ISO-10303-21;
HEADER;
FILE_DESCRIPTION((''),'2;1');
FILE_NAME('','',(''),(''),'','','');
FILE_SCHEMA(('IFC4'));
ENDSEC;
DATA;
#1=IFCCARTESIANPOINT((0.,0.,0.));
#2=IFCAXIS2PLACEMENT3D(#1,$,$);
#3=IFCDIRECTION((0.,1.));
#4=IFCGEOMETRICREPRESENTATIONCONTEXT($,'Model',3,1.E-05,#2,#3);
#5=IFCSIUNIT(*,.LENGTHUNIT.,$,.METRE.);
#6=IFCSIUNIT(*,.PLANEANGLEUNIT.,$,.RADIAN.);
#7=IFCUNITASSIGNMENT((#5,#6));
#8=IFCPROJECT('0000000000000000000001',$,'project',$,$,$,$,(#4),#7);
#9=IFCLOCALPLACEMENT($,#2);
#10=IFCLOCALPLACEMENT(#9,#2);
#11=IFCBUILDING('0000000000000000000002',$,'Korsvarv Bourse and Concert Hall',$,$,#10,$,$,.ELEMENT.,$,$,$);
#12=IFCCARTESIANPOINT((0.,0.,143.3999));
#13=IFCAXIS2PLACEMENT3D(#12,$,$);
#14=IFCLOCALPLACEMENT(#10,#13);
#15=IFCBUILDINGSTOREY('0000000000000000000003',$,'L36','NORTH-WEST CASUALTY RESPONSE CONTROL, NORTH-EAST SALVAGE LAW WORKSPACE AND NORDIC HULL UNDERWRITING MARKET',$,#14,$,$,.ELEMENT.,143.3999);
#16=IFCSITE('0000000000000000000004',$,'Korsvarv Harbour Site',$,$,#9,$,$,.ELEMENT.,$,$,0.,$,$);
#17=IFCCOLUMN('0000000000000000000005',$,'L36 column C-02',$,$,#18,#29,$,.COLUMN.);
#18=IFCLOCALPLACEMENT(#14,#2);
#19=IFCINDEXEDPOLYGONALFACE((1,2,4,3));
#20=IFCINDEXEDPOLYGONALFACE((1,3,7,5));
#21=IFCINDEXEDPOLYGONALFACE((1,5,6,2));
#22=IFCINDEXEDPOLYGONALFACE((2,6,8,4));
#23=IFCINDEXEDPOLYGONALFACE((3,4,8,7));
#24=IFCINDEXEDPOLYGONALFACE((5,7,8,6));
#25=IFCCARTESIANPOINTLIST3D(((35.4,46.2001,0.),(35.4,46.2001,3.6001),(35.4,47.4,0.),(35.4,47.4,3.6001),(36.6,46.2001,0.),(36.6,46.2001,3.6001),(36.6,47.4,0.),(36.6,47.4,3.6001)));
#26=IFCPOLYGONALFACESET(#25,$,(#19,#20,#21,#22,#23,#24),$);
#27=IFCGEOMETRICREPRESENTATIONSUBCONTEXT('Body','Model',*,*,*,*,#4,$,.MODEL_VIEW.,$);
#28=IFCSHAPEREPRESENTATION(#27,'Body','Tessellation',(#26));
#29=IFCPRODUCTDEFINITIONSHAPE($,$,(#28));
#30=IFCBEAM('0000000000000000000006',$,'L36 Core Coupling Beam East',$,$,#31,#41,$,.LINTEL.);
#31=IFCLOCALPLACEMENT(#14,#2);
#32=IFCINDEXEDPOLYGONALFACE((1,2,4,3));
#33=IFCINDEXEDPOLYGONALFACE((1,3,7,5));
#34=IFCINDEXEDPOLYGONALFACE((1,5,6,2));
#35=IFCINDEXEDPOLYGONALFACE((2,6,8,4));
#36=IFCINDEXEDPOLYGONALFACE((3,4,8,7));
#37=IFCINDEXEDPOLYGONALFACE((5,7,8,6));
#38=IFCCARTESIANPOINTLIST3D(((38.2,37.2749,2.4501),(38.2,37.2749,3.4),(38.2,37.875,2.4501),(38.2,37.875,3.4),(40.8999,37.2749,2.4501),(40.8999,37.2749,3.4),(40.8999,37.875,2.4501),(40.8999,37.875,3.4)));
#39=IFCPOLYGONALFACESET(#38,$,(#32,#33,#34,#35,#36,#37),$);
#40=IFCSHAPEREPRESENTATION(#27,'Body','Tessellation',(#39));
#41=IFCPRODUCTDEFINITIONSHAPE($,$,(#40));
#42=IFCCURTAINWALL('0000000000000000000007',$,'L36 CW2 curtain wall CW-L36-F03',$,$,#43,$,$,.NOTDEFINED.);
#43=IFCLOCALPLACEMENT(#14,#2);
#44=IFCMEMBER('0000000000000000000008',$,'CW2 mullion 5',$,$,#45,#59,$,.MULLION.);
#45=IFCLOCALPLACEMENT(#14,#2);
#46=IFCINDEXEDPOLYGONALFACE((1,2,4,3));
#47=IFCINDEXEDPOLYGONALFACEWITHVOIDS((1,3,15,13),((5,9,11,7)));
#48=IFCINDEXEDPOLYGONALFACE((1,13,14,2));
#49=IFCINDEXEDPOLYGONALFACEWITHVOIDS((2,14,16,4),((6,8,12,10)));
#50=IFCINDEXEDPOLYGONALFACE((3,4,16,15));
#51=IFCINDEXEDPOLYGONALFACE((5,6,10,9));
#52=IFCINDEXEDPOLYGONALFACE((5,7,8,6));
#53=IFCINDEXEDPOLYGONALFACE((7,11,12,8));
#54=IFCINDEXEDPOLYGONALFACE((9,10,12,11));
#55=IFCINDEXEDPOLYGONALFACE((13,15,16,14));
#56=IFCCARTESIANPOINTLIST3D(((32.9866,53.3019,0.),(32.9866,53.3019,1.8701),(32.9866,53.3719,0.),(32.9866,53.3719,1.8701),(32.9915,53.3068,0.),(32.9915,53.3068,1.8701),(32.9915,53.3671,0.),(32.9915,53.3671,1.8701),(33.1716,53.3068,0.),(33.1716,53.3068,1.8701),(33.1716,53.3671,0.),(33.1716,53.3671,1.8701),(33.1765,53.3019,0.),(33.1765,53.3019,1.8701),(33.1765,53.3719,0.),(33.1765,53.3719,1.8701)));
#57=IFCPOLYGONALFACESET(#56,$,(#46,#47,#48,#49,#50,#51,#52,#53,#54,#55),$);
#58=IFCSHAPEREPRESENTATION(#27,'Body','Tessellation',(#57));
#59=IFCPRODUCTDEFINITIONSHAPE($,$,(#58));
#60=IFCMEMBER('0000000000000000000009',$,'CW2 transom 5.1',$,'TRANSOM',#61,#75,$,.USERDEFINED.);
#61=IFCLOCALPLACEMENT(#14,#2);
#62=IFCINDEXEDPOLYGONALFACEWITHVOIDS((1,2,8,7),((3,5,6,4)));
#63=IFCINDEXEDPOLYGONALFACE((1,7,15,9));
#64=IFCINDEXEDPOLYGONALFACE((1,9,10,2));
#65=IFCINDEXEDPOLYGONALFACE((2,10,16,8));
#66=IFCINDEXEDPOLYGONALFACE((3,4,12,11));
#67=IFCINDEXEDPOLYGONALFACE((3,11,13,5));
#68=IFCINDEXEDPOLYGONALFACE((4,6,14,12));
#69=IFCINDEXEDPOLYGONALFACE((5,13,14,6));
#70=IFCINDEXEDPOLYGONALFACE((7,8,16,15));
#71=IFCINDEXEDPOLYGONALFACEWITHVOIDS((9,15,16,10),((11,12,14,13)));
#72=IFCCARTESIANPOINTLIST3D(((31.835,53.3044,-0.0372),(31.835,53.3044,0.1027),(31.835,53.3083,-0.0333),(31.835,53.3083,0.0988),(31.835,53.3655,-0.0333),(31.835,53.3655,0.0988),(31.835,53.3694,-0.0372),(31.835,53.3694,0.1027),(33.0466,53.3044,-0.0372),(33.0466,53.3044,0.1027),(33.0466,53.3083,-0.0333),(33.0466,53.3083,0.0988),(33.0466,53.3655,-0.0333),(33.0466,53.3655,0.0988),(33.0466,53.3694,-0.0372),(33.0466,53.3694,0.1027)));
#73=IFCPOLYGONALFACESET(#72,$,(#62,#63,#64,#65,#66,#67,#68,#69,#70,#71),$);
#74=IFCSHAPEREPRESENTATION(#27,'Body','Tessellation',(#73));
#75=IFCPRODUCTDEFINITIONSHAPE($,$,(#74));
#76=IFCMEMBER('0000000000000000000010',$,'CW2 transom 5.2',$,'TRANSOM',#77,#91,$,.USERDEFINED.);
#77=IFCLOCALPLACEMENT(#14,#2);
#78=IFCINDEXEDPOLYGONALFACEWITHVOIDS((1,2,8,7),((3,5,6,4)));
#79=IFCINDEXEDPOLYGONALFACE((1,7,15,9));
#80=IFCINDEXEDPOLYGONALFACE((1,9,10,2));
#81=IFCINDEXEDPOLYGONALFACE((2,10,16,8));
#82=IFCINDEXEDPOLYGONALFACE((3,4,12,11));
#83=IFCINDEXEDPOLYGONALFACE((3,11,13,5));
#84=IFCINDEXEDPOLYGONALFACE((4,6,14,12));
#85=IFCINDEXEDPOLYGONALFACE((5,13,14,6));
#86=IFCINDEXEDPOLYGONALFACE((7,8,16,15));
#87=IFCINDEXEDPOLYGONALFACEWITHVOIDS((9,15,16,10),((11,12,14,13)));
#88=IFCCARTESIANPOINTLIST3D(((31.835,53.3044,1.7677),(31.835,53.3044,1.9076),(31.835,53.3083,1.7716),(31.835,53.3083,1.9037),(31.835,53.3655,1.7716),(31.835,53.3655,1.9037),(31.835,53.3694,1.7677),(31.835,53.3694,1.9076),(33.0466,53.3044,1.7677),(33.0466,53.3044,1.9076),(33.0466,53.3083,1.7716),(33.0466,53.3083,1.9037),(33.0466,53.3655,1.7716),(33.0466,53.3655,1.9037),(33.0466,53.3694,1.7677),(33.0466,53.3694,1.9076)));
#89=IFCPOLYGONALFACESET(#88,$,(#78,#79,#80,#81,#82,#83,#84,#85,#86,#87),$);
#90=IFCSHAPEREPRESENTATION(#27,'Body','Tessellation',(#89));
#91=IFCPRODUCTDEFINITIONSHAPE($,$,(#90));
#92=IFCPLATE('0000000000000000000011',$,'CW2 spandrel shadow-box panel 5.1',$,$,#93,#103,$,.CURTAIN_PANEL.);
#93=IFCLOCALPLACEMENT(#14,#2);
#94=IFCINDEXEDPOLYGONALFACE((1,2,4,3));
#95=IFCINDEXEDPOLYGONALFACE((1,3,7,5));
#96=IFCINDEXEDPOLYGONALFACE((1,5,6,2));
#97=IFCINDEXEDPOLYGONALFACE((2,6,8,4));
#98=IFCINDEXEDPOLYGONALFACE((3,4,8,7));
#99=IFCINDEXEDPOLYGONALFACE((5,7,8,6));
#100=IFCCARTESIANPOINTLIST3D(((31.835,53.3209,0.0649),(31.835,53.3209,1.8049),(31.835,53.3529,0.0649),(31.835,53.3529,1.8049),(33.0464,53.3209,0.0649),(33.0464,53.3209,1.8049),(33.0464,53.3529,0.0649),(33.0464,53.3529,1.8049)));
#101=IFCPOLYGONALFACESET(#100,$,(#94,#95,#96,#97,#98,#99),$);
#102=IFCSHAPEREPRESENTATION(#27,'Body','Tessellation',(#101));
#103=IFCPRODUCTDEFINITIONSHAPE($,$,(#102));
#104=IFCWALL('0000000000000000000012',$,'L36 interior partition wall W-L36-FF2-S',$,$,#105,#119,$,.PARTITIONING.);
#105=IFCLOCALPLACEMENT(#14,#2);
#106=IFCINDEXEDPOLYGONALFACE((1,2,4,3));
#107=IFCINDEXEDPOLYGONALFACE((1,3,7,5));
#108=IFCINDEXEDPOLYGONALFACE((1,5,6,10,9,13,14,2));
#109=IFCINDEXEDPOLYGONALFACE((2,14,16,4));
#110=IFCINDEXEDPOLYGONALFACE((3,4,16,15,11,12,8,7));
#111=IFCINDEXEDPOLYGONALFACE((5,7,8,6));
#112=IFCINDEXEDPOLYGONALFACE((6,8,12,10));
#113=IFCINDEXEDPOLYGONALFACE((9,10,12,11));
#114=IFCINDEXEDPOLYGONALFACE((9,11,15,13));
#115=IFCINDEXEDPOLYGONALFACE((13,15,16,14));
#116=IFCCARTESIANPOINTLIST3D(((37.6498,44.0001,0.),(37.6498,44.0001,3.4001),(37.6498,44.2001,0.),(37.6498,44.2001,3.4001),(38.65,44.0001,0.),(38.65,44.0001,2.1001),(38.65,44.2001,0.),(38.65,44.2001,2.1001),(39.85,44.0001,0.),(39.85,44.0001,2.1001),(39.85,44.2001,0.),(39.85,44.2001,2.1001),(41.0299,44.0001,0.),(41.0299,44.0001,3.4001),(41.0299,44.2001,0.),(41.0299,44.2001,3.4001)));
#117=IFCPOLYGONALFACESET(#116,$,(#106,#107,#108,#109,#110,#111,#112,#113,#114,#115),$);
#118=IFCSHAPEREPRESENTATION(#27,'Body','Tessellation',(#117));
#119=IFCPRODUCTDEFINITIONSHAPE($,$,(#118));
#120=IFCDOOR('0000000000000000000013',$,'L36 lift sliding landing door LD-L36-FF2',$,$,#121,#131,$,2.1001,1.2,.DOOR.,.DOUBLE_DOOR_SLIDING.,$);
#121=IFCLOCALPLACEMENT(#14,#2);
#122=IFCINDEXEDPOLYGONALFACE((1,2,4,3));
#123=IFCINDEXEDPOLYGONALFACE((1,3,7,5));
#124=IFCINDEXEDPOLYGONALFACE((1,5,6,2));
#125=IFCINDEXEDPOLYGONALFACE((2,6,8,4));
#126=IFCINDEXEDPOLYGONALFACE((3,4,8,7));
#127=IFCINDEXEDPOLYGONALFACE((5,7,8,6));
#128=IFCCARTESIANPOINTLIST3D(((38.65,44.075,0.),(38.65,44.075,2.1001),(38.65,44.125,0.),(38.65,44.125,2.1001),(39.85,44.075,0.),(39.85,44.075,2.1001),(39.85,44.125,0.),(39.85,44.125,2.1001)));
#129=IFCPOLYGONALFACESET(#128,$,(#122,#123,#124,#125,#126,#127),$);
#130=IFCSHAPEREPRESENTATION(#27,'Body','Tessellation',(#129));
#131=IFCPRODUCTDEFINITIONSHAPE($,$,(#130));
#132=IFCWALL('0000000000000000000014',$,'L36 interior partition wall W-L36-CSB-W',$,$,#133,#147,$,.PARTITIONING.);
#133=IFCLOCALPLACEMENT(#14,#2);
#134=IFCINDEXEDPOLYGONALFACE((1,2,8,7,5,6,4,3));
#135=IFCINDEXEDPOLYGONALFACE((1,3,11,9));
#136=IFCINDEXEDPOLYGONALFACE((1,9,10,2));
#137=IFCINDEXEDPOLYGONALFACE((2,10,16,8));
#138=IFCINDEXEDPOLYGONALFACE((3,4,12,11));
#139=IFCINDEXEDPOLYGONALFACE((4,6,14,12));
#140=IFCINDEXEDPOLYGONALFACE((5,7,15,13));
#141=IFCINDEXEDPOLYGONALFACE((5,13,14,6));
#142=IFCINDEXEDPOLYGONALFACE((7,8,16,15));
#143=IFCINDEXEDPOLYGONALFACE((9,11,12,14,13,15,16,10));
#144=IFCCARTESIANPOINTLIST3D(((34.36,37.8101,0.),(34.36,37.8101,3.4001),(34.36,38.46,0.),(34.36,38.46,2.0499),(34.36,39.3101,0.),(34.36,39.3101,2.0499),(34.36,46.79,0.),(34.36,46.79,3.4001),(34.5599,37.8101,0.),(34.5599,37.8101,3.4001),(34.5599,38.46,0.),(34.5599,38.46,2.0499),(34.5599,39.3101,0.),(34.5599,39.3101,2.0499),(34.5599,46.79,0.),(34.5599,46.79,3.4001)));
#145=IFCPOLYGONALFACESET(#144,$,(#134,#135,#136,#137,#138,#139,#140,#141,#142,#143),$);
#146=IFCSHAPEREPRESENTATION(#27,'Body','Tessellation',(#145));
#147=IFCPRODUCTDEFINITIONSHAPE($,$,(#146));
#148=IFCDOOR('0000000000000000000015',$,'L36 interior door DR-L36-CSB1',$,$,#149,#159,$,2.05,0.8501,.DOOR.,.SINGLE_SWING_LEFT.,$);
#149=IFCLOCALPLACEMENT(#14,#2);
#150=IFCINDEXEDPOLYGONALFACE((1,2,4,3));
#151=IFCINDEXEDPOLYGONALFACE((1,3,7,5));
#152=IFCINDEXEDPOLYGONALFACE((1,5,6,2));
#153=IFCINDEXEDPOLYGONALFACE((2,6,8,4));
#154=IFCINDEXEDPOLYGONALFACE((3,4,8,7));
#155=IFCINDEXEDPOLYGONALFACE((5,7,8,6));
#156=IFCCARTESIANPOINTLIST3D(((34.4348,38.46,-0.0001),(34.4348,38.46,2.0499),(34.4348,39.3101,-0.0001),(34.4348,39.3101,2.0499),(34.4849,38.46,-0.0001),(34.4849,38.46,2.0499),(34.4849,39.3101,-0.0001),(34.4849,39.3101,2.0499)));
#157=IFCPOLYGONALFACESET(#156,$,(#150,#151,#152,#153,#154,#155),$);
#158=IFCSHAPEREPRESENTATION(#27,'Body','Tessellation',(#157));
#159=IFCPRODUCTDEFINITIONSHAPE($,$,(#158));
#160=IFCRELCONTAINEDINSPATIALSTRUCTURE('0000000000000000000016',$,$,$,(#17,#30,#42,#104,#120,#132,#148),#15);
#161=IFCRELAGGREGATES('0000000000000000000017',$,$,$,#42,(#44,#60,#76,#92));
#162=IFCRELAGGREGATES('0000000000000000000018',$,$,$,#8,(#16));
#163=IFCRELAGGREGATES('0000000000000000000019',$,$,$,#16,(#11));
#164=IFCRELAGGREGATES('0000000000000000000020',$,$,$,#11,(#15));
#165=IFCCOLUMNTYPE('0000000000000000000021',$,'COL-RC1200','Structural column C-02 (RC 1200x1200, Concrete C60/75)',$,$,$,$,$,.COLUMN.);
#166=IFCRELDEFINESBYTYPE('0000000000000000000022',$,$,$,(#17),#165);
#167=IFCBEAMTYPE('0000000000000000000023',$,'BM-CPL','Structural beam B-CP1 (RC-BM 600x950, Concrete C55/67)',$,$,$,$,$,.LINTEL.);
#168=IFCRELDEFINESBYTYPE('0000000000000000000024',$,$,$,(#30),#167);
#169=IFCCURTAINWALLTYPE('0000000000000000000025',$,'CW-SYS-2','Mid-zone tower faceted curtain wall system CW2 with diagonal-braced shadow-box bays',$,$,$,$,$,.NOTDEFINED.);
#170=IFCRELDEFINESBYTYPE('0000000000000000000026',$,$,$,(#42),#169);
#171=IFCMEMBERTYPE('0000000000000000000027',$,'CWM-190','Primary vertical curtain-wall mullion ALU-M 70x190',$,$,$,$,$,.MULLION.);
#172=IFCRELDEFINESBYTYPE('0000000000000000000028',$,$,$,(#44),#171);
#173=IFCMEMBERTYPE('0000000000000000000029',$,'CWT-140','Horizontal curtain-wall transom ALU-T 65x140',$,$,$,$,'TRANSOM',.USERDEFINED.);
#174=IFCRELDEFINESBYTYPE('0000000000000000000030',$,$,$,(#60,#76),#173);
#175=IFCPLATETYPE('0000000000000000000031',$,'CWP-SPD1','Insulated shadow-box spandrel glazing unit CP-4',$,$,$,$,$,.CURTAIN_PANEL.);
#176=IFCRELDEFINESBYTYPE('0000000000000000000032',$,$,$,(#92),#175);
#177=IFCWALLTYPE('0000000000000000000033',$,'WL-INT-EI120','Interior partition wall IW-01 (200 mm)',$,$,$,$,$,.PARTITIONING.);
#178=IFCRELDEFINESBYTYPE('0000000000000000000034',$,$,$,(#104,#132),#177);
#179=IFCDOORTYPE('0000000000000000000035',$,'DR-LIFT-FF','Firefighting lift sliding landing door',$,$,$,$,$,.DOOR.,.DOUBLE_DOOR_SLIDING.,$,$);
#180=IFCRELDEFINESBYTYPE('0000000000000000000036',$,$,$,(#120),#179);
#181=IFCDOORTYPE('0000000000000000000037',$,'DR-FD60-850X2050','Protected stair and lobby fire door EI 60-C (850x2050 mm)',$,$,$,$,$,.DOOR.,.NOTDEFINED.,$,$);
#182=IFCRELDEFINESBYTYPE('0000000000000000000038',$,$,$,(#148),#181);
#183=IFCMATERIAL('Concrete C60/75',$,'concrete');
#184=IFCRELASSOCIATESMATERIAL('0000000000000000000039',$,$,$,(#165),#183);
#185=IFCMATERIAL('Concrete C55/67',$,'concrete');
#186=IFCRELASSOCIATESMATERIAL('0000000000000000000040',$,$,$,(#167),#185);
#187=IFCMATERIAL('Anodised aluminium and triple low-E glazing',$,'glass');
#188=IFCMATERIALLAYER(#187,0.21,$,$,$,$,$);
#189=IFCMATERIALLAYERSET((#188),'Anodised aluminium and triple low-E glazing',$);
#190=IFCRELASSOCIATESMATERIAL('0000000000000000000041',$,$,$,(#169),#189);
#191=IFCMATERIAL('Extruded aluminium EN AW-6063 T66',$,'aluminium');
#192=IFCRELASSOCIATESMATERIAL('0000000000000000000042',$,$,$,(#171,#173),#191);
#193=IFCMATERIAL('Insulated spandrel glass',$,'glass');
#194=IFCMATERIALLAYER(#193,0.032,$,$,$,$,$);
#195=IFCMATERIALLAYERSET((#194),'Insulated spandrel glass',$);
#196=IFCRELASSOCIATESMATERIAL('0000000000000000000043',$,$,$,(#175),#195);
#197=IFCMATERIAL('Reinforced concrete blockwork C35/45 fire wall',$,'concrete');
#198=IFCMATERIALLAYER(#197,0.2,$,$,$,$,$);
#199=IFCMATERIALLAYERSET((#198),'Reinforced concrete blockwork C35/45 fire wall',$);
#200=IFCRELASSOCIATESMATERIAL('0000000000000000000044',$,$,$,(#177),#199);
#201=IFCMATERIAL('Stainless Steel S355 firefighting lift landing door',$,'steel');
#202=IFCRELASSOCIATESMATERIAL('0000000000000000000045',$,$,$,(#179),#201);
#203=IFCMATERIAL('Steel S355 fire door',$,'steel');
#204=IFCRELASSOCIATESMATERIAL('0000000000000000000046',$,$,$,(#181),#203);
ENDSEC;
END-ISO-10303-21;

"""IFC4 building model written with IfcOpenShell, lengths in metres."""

from ifc_helpers import new_model, si_unit, direction, frame, frame_2d, origin, origin_2d, place, context, subcontext, project, spatial, rectangle, hollow_rectangle, extrude, source, transform, mapped, material, layer, layer_set, material_profile, profile_set, type_object, element, fill, aggregate, save


model = new_model("IFC4")

# Units and contexts
model_context = context("Model", 3, precision=1e-05, world=origin(), true_north=direction((0.0, 1.0)))
body_context = subcontext(model_context, "Body", "Model", "MODEL_VIEW")
ifc_project = project(units=[si_unit("LENGTHUNIT", "METRE"), si_unit("PLANEANGLEUNIT", "RADIAN")], contexts=[model_context])

# Site, building, storey
site_placement = place(None, origin())
site = spatial("IfcSite", under=ifc_project, at=site_placement, Name="Korsvarv Harbour Site", CompositionType="ELEMENT", RefElevation=0.0)
building_placement = place(site_placement, origin())
building = spatial("IfcBuilding", under=site, at=building_placement, Name="Korsvarv Bourse and Concert Hall", CompositionType="ELEMENT")
storey_placement = place(building_placement, frame((0.0, 0.0, 143.3999)))
storey = spatial("IfcBuildingStorey", under=building, at=storey_placement, Name="L36", Description="NORTH-WEST CASUALTY RESPONSE CONTROL, NORTH-EAST SALVAGE LAW WORKSPACE AND NORDIC HULL UNDERWRITING MARKET", CompositionType="ELEMENT", Elevation=143.3999)

# Column
ifc_material_1 = material(Name="Concrete C60/75", Category="concrete")
ifc_material_profile_1 = material_profile(ifc_material_1, rectangle(XDim=1.2, YDim=1.2, at=origin_2d()), Name="RC 1200x1200")
ifc_profile_set_1 = profile_set([ifc_material_profile_1], Name="Concrete C60/75")
column_type = type_object("IfcColumnType", Name="COL-RC1200", Description="Structural column C-02 (RC 1200x1200, Concrete C60/75)", PredefinedType="COLUMN", material=ifc_profile_set_1)
shared_shape_1 = source(origin(), body_context, "Body", "SweptSolid", [
    extrude(rectangle(XDim=1.2, YDim=1.2, at=origin_2d()), origin(), (0.0, 0.0, 1.0), 3.6001),
])
column_placement = place(storey_placement, frame((36.0, 46.8, 0.0), z_axis=(0.0, 0.0, 1.0), x_axis=(1.0, 0.0, 0.0)))
element("IfcColumn", 1, at=column_placement, inside=storey, type_object=column_type, Name="L36 column C-02", PredefinedType="COLUMN", context=body_context, shape_type="MappedRepresentation", body=[
    mapped(shared_shape_1, transform((0.0, 0.0, 0.0), scale=1.0)),
])

# Beam
ifc_material_2 = material(Name="Concrete C55/67", Category="concrete")
ifc_material_profile_2 = material_profile(ifc_material_2, rectangle(XDim=0.6001, YDim=0.95, at=origin_2d()), Name="RC-BM 600x950")
ifc_profile_set_2 = profile_set([ifc_material_profile_2], Name="Concrete C55/67")
beam_type = type_object("IfcBeamType", Name="BM-CPL", Description="Structural beam B-CP1 (RC-BM 600x950, Concrete C55/67)", PredefinedType="LINTEL", material=ifc_profile_set_2)
shared_shape_2 = source(origin(), body_context, "Body", "SweptSolid", [
    extrude(rectangle(XDim=0.6001, YDim=0.95, at=origin_2d()), origin(), (0.0, 0.0, 1.0), 2.7),
])
beam_placement = place(storey_placement, frame((38.2, 37.575, 2.925), z_axis=(1.0, 0.0, 0.0), x_axis=(0.0, 1.0, 0.0)))
element("IfcBeam", 2, at=beam_placement, inside=storey, type_object=beam_type, Name="L36 Core Coupling Beam East", PredefinedType="LINTEL", context=body_context, shape_type="MappedRepresentation", body=[
    mapped(shared_shape_2, transform((0.0, 0.0, 0.0), scale=1.0)),
])

# Curtain wall, members, plate
ifc_material_3 = material(Name="Anodised aluminium and triple low-E glazing", Category="glass")
ifc_layer_1 = layer(ifc_material_3, 0.21)
ifc_layer_set_1 = layer_set([ifc_layer_1], Name="Anodised aluminium and triple low-E glazing")
curtain_wall_type = type_object("IfcCurtainWallType", Name="CW-SYS-2", Description="Mid-zone tower faceted curtain wall system CW2 with diagonal-braced shadow-box bays", PredefinedType="NOTDEFINED", material=ifc_layer_set_1)
curtain_wall_placement = place(storey_placement, origin())
curtain_wall = element("IfcCurtainWall", 3, at=curtain_wall_placement, inside=storey, type_object=curtain_wall_type, Name="L36 CW2 curtain wall CW-L36-F03", PredefinedType="NOTDEFINED")
ifc_material_4 = material(Name="Extruded aluminium EN AW-6063 T66", Category="aluminium")
ifc_material_profile_3 = material_profile(ifc_material_4, hollow_rectangle(XDim=0.0701, YDim=0.1899, WallThickness=0.0049, at=origin_2d()), Name="ALU-M 70x190")
ifc_profile_set_3 = profile_set([ifc_material_profile_3], Name="Extruded aluminium EN AW-6063 T66")
member_type_1 = type_object("IfcMemberType", Name="CWM-190", Description="Primary vertical curtain-wall mullion ALU-M 70x190", PredefinedType="MULLION", material=ifc_profile_set_3)
shared_shape_3 = source(origin(), body_context, "Body", "SweptSolid", [
    extrude(hollow_rectangle(XDim=0.0701, YDim=0.1899, WallThickness=0.0049, at=origin_2d()), origin(), (0.0, 0.0, 1.0), 1.8701),
])
member_1_placement = place(storey_placement, frame((33.0815, 53.3369, 0.0), z_axis=(0.0, 0.0, 1.0), x_axis=(0.0, -1.0, 0.0)))
member_1 = element("IfcMember", 4, at=member_1_placement, type_object=member_type_1, Name="CW2 mullion 5", PredefinedType="MULLION", context=body_context, shape_type="MappedRepresentation", body=[
    mapped(shared_shape_3, transform((0.0, 0.0, 0.0), scale=1.0)),
])
ifc_material_profile_4 = material_profile(ifc_material_4, hollow_rectangle(XDim=0.0649, YDim=0.1399, WallThickness=0.0039, at=origin_2d()), Name="ALU-T 65x140")
ifc_profile_set_4 = profile_set([ifc_material_profile_4], Name="Extruded aluminium EN AW-6063 T66")
member_type_2 = type_object("IfcMemberType", Name="CWT-140", Description="Horizontal curtain-wall transom ALU-T 65x140", ElementType="TRANSOM", PredefinedType="USERDEFINED", material=ifc_profile_set_4)
shared_shape_4 = source(origin(), body_context, "Body", "SweptSolid", [
    extrude(hollow_rectangle(XDim=0.0649, YDim=0.1399, WallThickness=0.0039, at=origin_2d()), origin(), (0.0, 0.0, 1.0), 1.2117),
])
member_2_placement = place(storey_placement, frame((33.0466, 53.3369, 0.0327), z_axis=(-1.0, 0.0, 0.0), x_axis=(0.0, -1.0, 0.0)))
member_2 = element("IfcMember", 5, at=member_2_placement, type_object=member_type_2, Name="CW2 transom 5.1", ObjectType="TRANSOM", PredefinedType="USERDEFINED", context=body_context, shape_type="MappedRepresentation", body=[
    mapped(shared_shape_4, transform((0.0, 0.0, 0.0), scale=1.0)),
])
member_3_placement = place(storey_placement, frame((33.0466, 53.3369, 1.8376), z_axis=(-1.0, 0.0, 0.0), x_axis=(0.0, -1.0, 0.0)))
member_3 = element("IfcMember", 6, at=member_3_placement, type_object=member_type_2, Name="CW2 transom 5.2", ObjectType="TRANSOM", PredefinedType="USERDEFINED", context=body_context, shape_type="MappedRepresentation", body=[
    mapped(shared_shape_4, transform((0.0, 0.0, 0.0), scale=1.0)),
])
ifc_material_5 = material(Name="Insulated spandrel glass", Category="glass")
ifc_layer_2 = layer(ifc_material_5, 0.032)
ifc_layer_set_2 = layer_set([ifc_layer_2], Name="Insulated spandrel glass")
plate_type = type_object("IfcPlateType", Name="CWP-SPD1", Description="Insulated shadow-box spandrel glazing unit CP-4", PredefinedType="CURTAIN_PANEL", material=ifc_layer_set_2)
shared_shape_5 = source(origin(), body_context, "Body", "SweptSolid", [
    extrude(rectangle(XDim=1.2114, YDim=0.032, at=origin_2d()), origin(), (0.0, 0.0, 1.0), 1.74),
])
plate_placement = place(storey_placement, frame((32.4407, 53.3369, 0.0649), z_axis=(0.0, 0.0, 1.0), x_axis=(-1.0, 0.0, 0.0)))
plate = element("IfcPlate", 7, at=plate_placement, type_object=plate_type, Name="CW2 spandrel shadow-box panel 5.1", PredefinedType="CURTAIN_PANEL", context=body_context, shape_type="MappedRepresentation", body=[
    mapped(shared_shape_5, transform((0.0, 0.0, 0.0), scale=1.0)),
])
aggregate(curtain_wall, [member_1, member_2, member_3, plate])

# Walls, openings, doors
ifc_material_6 = material(Name="Reinforced concrete blockwork C35/45 fire wall", Category="concrete")
ifc_layer_3 = layer(ifc_material_6, 0.2)
ifc_layer_set_3 = layer_set([ifc_layer_3], Name="Reinforced concrete blockwork C35/45 fire wall")
wall_type_1 = type_object("IfcWallType", Name="WL-INT-EI120", Description="Interior partition wall IW-01 (200 mm)", PredefinedType="PARTITIONING", material=ifc_layer_set_3)
wall_1_placement = place(storey_placement, frame((37.6499, 44.1001, 0.0), z_axis=(0.0, 0.0, 1.0), x_axis=(1.0, 0.0, 0.0)))
wall_1 = element("IfcWall", 8, at=wall_1_placement, inside=storey, type_object=wall_type_1, Name="L36 interior partition wall W-L36-FF2-S", PredefinedType="PARTITIONING", context=body_context, shape_type="SweptSolid", body=[
    extrude(rectangle(XDim=3.3801, YDim=0.2, at=frame_2d((1.6899, 0.0))), origin(), (0.0, 0.0, 1.0), 3.4001),
])
opening_1_placement = place(wall_1_placement, frame((1.0, 0.0, 0.0)))
opening_1 = element("IfcOpeningElement", 9, at=opening_1_placement, cuts=wall_1, PredefinedType="OPENING", context=body_context, shape_type="SweptSolid", body=[
    extrude(rectangle(XDim=1.2, YDim=2.1001, at=frame_2d((0.6001, 1.05))), frame((0.0, 0.1099, 0.0), z_axis=(0.0, -1.0, 0.0), x_axis=(1.0, 0.0, 0.0)), (0.0, 0.0, 1.0), 0.22),
])
ifc_material_7 = material(Name="Stainless Steel S355 firefighting lift landing door", Category="steel")
door_type_1 = type_object("IfcDoorType", Name="DR-LIFT-FF", Description="Firefighting lift sliding landing door", OperationType="DOUBLE_DOOR_SLIDING", PredefinedType="DOOR", material=ifc_material_7)
door_1_placement = place(opening_1_placement, origin())
door_1 = element("IfcDoor", 10, at=door_1_placement, inside=storey, type_object=door_type_1, Name="L36 lift sliding landing door LD-L36-FF2", OperationType="DOUBLE_DOOR_SLIDING", OverallHeight=2.1001, OverallWidth=1.2, PredefinedType="DOOR", context=body_context, shape_type="SweptSolid", body=[
    extrude(rectangle(XDim=1.2, YDim=2.1001, at=frame_2d((0.6001, 1.05))), frame((0.0, 0.0249, 0.0), z_axis=(0.0, -1.0, 0.0), x_axis=(1.0, 0.0, 0.0)), (0.0, 0.0, 1.0), 0.05),
])
fill(opening_1, door_1)
wall_2_placement = place(storey_placement, frame((34.46, 37.8101, 0.0), z_axis=(0.0, 0.0, 1.0), x_axis=(0.0, 1.0, 0.0)))
wall_2 = element("IfcWall", 11, at=wall_2_placement, inside=storey, type_object=wall_type_1, Name="L36 interior partition wall W-L36-CSB-W", PredefinedType="PARTITIONING", context=body_context, shape_type="SweptSolid", body=[
    extrude(rectangle(XDim=8.98, YDim=0.2, at=frame_2d((4.49, 0.0))), origin(), (0.0, 0.0, 1.0), 3.4001),
])
opening_2_placement = place(wall_2_placement, frame((0.6499, 0.0, 0.0)))
opening_2 = element("IfcOpeningElement", 12, at=opening_2_placement, cuts=wall_2, PredefinedType="OPENING", context=body_context, shape_type="SweptSolid", body=[
    extrude(rectangle(XDim=0.8501, YDim=2.05, at=frame_2d((0.425, 1.0249))), frame((0.0, 0.1099, 0.0), z_axis=(0.0, -1.0, 0.0), x_axis=(1.0, 0.0, 0.0)), (0.0, 0.0, 1.0), 0.22),
])
ifc_material_8 = material(Name="Steel S355 fire door", Category="steel")
door_type_2 = type_object("IfcDoorType", Name="DR-FD60-850X2050", Description="Protected stair and lobby fire door EI 60-C (850x2050 mm)", OperationType="NOTDEFINED", PredefinedType="DOOR", material=ifc_material_8)
door_2_placement = place(opening_2_placement, frame((0.8501, 0.0, 0.0), z_axis=(0.0, 0.0, 1.0), x_axis=(-1.0, 0.0, 0.0)))
door_2 = element("IfcDoor", 13, at=door_2_placement, inside=storey, type_object=door_type_2, Name="L36 interior door DR-L36-CSB1", OperationType="SINGLE_SWING_LEFT", OverallHeight=2.05, OverallWidth=0.8501, PredefinedType="DOOR", context=body_context, shape_type="SweptSolid", body=[
    extrude(rectangle(XDim=0.8501, YDim=2.05, at=frame_2d((0.425, 1.0249))), frame((0.0, 0.0249, 0.0), z_axis=(0.0, -1.0, 0.0), x_axis=(1.0, 0.0, 0.0)), (0.0, 0.0, 1.0), 0.05),
])
fill(opening_2, door_2)

save(model, "model.ifc")
